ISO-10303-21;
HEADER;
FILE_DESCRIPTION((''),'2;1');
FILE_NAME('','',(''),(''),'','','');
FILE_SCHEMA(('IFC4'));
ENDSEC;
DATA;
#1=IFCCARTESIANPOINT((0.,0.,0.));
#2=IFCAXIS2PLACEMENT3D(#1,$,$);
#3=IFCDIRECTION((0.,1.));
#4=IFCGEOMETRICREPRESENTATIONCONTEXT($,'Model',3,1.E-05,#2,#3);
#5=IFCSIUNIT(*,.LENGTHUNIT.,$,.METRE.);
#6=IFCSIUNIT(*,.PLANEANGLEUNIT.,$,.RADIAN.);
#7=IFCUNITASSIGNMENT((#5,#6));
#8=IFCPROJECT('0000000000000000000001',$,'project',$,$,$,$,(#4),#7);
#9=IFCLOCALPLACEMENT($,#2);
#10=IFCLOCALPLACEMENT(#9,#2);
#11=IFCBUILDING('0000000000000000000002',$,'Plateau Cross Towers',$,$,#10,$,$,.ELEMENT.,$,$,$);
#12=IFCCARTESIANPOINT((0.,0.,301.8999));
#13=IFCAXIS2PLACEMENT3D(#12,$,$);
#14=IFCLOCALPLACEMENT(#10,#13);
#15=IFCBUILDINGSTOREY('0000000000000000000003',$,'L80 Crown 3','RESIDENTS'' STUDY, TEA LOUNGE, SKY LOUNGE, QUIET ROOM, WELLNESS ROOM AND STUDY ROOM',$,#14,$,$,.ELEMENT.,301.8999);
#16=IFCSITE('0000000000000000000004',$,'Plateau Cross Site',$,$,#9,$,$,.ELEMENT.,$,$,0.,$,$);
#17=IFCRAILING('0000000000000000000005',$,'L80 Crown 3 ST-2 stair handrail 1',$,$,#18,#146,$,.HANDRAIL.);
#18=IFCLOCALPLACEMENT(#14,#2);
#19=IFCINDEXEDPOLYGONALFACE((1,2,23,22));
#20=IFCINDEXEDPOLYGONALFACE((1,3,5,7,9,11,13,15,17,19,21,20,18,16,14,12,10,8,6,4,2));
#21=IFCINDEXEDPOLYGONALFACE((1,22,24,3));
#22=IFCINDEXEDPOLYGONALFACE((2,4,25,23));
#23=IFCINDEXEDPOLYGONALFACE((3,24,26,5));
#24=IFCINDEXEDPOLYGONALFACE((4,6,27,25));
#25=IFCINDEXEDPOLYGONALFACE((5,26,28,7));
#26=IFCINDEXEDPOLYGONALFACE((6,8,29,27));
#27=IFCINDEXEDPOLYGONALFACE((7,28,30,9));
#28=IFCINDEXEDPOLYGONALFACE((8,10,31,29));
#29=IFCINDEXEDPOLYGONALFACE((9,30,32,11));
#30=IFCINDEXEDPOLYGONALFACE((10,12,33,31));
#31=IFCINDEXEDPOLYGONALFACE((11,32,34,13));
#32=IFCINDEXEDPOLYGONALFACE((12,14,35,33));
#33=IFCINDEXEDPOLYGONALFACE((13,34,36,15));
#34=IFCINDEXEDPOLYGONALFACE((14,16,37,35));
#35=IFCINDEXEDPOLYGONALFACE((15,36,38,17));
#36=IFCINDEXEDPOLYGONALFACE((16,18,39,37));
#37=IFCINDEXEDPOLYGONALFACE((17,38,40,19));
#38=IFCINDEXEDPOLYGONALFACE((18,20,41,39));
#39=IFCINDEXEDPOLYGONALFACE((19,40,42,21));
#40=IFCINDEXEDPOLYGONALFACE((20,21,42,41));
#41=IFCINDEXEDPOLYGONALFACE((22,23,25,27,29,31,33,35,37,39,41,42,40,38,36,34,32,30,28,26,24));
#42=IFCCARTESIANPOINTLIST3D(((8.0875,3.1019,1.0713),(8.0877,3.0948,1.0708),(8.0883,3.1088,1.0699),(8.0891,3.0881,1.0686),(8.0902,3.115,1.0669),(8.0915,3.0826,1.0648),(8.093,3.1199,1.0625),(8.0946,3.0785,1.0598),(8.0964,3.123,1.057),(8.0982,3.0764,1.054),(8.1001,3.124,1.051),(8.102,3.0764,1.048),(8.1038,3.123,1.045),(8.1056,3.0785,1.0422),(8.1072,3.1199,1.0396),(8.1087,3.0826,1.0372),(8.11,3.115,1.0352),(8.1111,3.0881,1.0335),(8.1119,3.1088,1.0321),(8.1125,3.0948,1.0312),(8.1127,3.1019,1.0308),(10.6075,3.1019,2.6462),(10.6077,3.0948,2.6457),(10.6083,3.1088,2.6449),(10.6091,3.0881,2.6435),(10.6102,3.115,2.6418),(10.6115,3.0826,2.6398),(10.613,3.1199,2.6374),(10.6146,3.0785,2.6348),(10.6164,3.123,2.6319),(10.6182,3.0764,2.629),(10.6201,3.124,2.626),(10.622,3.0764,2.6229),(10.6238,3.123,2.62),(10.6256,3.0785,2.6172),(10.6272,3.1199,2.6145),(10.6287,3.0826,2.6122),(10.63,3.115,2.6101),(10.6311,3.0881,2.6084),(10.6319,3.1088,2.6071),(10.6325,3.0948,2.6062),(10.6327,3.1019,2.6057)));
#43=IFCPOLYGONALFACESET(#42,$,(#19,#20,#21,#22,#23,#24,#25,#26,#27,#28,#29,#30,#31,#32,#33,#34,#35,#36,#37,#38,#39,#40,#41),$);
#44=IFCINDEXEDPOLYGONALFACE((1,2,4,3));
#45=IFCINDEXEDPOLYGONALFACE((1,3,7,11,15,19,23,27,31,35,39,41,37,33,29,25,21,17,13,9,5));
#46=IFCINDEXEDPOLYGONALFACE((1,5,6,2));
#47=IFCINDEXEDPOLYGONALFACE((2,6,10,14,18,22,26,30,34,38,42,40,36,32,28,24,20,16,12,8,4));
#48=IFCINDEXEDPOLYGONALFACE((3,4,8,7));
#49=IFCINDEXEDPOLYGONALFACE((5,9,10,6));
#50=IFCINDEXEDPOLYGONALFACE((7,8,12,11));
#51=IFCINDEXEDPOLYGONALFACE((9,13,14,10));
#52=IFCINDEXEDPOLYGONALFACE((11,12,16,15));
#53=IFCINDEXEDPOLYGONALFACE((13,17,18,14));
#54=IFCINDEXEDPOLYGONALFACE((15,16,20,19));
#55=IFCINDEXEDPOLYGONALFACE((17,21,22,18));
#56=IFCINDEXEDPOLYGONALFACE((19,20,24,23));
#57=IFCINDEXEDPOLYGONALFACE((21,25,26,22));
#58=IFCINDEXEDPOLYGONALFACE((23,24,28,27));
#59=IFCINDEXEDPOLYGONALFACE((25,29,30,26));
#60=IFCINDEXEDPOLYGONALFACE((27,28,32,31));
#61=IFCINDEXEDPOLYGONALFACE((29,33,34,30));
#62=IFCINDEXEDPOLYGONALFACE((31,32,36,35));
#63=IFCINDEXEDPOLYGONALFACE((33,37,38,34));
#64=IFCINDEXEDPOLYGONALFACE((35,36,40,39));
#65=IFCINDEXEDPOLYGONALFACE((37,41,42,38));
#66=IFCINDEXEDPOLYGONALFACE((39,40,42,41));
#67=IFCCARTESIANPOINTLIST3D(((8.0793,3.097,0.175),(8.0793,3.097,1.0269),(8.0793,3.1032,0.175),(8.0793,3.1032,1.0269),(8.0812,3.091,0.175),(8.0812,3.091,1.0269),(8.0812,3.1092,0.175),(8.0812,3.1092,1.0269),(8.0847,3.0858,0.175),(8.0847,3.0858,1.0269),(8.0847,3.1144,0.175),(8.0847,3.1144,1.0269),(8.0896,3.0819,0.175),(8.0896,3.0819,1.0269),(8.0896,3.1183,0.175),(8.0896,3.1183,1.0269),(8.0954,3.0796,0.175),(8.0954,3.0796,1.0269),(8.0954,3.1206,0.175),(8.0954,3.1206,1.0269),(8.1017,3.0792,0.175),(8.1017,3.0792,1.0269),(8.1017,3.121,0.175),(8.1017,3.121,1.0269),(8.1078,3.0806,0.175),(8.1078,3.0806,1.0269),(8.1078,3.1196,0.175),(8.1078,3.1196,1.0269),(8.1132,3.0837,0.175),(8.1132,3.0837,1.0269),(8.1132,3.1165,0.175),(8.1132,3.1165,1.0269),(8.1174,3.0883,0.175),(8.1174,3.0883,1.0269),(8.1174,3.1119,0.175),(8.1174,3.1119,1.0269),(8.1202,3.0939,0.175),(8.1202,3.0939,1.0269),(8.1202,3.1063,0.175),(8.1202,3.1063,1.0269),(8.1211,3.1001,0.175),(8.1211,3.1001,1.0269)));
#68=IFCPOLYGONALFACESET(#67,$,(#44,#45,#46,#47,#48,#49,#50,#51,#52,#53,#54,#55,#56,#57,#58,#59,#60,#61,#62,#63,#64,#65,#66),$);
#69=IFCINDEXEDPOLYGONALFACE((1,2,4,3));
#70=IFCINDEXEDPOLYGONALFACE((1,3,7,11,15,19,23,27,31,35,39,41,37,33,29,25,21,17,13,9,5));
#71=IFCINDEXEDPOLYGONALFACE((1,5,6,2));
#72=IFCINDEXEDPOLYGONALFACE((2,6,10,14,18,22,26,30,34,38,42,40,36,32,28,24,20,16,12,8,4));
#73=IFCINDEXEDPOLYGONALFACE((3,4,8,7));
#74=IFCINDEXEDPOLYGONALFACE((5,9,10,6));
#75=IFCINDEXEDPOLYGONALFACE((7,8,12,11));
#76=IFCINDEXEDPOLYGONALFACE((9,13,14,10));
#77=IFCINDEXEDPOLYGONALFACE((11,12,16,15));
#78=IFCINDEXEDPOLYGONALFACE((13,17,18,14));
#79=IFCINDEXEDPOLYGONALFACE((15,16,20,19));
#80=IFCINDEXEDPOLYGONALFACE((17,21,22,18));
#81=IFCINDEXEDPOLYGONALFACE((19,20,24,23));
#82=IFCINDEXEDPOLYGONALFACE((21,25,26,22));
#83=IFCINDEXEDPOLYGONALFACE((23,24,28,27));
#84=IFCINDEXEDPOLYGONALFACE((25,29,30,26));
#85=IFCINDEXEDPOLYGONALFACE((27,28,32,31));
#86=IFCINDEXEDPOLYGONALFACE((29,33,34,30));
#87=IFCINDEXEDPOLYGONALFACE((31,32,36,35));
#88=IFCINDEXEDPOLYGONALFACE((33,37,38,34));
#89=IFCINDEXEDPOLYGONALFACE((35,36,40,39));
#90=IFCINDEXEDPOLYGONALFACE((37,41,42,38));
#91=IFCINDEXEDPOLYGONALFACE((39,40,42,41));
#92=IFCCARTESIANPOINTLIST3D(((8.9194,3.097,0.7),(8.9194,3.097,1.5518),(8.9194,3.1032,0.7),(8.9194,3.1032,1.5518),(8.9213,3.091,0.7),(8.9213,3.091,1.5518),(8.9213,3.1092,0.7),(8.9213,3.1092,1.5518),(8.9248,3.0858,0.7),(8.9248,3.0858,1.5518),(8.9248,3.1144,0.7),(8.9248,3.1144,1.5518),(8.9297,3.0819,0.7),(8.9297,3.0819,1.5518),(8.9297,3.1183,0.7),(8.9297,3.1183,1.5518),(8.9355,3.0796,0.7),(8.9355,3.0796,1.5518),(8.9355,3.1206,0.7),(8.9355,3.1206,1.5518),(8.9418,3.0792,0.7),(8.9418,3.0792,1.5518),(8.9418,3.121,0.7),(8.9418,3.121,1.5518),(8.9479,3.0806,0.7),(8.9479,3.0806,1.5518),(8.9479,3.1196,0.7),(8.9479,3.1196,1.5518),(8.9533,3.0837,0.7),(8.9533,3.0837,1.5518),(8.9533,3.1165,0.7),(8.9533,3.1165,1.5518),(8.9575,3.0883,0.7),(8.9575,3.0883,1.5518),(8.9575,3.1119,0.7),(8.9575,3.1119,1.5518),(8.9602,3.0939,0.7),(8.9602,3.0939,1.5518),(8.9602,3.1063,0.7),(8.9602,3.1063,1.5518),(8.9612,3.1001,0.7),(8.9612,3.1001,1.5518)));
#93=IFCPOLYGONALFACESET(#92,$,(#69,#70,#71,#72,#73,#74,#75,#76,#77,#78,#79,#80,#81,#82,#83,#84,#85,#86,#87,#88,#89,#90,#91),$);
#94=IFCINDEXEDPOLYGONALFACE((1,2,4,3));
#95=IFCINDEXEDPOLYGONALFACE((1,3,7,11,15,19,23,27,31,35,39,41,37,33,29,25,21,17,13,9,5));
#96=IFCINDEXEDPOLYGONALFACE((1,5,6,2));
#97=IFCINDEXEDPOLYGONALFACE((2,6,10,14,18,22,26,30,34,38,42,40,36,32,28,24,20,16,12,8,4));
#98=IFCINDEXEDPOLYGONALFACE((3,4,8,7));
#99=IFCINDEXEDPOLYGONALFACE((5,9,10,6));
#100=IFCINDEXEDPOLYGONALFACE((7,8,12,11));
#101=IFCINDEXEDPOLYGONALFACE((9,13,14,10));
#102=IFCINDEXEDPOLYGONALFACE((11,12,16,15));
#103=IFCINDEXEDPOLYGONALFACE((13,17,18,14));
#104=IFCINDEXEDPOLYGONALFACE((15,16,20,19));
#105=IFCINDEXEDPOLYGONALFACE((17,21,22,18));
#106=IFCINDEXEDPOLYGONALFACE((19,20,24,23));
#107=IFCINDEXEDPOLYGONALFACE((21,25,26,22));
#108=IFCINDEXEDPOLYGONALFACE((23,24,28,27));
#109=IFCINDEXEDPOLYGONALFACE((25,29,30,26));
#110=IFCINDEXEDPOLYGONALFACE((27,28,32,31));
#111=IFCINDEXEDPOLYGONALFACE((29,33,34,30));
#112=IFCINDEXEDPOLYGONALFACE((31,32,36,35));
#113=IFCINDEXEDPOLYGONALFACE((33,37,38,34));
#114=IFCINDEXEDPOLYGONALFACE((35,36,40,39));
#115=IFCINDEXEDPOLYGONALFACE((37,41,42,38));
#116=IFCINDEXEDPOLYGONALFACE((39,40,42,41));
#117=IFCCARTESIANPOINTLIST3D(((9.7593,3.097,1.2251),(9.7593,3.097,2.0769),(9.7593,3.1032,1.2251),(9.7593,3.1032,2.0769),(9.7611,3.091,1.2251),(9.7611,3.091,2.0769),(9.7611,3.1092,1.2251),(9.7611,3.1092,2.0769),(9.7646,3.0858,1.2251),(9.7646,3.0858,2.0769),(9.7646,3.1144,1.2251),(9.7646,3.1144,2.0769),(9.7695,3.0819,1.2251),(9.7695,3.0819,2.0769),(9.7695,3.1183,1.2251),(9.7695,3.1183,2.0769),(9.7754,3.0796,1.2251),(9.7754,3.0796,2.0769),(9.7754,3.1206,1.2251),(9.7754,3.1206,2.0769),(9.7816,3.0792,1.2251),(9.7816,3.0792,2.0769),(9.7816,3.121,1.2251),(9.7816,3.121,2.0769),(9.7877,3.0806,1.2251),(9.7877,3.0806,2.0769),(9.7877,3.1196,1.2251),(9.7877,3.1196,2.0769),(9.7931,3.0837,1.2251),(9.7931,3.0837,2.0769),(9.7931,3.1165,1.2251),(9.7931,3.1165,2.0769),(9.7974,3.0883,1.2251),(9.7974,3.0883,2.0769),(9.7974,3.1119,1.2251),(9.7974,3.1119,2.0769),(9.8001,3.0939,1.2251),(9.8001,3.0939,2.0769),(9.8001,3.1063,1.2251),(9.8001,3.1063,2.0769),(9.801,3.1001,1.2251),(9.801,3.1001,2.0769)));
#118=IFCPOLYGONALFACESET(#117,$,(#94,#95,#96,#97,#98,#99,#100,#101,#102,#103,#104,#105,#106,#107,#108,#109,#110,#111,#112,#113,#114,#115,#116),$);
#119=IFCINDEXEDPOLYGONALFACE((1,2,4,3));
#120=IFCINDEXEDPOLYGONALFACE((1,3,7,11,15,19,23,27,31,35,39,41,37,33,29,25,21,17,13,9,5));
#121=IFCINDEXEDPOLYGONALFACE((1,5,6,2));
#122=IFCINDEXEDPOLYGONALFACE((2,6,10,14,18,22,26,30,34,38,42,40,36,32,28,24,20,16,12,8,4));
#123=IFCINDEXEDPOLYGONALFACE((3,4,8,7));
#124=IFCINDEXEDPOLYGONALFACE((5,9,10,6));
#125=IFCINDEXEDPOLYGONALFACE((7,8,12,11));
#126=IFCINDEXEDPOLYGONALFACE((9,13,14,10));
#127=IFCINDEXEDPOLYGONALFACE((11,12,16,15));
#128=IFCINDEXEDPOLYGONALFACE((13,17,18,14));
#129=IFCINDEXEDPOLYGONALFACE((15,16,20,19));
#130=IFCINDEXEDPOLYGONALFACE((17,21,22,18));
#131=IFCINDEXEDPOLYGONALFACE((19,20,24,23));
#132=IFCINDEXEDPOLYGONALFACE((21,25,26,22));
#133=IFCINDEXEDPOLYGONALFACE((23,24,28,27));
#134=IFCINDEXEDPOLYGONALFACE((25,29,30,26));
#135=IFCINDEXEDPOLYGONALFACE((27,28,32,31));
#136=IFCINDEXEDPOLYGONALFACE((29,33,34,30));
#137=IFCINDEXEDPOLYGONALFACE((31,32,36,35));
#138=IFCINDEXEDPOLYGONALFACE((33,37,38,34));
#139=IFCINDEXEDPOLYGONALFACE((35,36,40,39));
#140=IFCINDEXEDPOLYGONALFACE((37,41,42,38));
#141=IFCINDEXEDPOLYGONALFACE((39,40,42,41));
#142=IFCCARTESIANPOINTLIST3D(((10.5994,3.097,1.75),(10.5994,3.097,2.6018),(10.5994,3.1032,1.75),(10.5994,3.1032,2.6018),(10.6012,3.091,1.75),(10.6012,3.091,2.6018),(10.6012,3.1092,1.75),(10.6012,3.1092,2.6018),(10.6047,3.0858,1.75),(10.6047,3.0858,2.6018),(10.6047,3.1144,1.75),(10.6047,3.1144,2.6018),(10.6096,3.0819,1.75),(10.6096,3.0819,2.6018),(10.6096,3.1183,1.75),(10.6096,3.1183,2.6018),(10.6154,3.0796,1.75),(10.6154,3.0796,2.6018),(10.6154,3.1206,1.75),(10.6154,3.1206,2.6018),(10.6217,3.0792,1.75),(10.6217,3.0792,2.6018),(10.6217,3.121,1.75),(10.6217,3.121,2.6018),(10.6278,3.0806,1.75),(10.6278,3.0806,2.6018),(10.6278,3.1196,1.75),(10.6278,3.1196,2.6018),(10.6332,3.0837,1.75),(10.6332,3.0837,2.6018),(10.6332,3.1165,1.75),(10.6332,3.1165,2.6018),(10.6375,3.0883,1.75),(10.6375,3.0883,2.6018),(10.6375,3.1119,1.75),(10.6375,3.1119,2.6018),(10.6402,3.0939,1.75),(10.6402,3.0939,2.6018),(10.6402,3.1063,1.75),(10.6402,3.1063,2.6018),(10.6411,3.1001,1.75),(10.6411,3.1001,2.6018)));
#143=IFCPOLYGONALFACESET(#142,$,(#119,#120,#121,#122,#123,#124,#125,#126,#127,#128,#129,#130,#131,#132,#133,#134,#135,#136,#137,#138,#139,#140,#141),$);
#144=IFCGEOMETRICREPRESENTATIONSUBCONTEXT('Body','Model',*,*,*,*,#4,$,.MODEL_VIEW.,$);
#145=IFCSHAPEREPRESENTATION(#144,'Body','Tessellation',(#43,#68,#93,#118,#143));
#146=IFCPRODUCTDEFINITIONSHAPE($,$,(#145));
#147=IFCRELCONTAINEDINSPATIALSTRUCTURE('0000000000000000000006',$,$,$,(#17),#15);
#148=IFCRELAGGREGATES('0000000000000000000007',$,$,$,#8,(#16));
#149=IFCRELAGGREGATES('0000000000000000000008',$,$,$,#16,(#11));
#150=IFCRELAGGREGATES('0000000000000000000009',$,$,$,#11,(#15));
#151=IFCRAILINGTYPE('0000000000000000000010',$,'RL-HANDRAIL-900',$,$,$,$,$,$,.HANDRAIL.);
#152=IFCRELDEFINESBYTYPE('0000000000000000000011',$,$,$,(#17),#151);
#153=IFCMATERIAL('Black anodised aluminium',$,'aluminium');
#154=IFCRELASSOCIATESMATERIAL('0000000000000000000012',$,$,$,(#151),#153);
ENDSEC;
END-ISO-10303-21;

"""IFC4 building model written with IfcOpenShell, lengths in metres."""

from ifc_helpers import new_model, si_unit, direction, frame, origin, origin_2d, place, context, subcontext, project, spatial, circle, extrude, material, type_object, element, save


model = new_model("IFC4")

# Units and contexts
model_context = context("Model", 3, precision=1e-05, world=origin(), true_north=direction((0.0, 1.0)))
body_context = subcontext(model_context, "Body", "Model", "MODEL_VIEW")
ifc_project = project(units=[si_unit("LENGTHUNIT", "METRE"), si_unit("PLANEANGLEUNIT", "RADIAN")], contexts=[model_context])

# Site, building, storey
site_placement = place(None, origin())
site = spatial("IfcSite", under=ifc_project, at=site_placement, Name="Plateau Cross Site", CompositionType="ELEMENT", RefElevation=0.0)
building_placement = place(site_placement, origin())
building = spatial("IfcBuilding", under=site, at=building_placement, Name="Plateau Cross Towers", CompositionType="ELEMENT")
storey_placement = place(building_placement, frame((0.0, 0.0, 301.8999)))
storey = spatial("IfcBuildingStorey", under=building, at=storey_placement, Name="L80 Crown 3", Description="RESIDENTS' STUDY, TEA LOUNGE, SKY LOUNGE, QUIET ROOM, WELLNESS ROOM AND STUDY ROOM", CompositionType="ELEMENT", Elevation=301.8999)

# Shared definitions
ifc_material_1 = material(Name="Black anodised aluminium", Category="aluminium")

# Railing
railing_type_1 = type_object("IfcRailingType", Name="RL-HANDRAIL-900", PredefinedType="HANDRAIL", material=ifc_material_1)
railing_1_placement = place(storey_placement, frame((8.1001, 3.1001, 0.175)))
element("IfcRailing", 1, at=railing_1_placement, inside=storey, type_object=railing_type_1, Name="L80 Crown 3 ST-2 stair handrail 1", PredefinedType="HANDRAIL", context=body_context, shape_type="SweptSolid", body=[
    extrude(circle(Radius=0.0239, at=origin_2d()), frame((0.0, 0.0, 0.876), z_axis=(0.848008, 0.0, 0.529984), x_axis=(0.0, 1.0, 0.0)), (0.0, 0.0, 1.0), 2.9717),
    extrude(circle(Radius=0.021, at=origin_2d()), origin(), (0.0, 0.0, 1.0), 0.8518),
    extrude(circle(Radius=0.021, at=origin_2d()), frame((0.8401, 0.0, 0.5249)), (0.0, 0.0, 1.0), 0.8518),
    extrude(circle(Radius=0.021, at=origin_2d()), frame((1.6799, 0.0, 1.05)), (0.0, 0.0, 1.0), 0.8518),
    extrude(circle(Radius=0.021, at=origin_2d()), frame((2.52, 0.0, 1.575)), (0.0, 0.0, 1.0), 0.8518),
])

save(model, "model.ifc")
